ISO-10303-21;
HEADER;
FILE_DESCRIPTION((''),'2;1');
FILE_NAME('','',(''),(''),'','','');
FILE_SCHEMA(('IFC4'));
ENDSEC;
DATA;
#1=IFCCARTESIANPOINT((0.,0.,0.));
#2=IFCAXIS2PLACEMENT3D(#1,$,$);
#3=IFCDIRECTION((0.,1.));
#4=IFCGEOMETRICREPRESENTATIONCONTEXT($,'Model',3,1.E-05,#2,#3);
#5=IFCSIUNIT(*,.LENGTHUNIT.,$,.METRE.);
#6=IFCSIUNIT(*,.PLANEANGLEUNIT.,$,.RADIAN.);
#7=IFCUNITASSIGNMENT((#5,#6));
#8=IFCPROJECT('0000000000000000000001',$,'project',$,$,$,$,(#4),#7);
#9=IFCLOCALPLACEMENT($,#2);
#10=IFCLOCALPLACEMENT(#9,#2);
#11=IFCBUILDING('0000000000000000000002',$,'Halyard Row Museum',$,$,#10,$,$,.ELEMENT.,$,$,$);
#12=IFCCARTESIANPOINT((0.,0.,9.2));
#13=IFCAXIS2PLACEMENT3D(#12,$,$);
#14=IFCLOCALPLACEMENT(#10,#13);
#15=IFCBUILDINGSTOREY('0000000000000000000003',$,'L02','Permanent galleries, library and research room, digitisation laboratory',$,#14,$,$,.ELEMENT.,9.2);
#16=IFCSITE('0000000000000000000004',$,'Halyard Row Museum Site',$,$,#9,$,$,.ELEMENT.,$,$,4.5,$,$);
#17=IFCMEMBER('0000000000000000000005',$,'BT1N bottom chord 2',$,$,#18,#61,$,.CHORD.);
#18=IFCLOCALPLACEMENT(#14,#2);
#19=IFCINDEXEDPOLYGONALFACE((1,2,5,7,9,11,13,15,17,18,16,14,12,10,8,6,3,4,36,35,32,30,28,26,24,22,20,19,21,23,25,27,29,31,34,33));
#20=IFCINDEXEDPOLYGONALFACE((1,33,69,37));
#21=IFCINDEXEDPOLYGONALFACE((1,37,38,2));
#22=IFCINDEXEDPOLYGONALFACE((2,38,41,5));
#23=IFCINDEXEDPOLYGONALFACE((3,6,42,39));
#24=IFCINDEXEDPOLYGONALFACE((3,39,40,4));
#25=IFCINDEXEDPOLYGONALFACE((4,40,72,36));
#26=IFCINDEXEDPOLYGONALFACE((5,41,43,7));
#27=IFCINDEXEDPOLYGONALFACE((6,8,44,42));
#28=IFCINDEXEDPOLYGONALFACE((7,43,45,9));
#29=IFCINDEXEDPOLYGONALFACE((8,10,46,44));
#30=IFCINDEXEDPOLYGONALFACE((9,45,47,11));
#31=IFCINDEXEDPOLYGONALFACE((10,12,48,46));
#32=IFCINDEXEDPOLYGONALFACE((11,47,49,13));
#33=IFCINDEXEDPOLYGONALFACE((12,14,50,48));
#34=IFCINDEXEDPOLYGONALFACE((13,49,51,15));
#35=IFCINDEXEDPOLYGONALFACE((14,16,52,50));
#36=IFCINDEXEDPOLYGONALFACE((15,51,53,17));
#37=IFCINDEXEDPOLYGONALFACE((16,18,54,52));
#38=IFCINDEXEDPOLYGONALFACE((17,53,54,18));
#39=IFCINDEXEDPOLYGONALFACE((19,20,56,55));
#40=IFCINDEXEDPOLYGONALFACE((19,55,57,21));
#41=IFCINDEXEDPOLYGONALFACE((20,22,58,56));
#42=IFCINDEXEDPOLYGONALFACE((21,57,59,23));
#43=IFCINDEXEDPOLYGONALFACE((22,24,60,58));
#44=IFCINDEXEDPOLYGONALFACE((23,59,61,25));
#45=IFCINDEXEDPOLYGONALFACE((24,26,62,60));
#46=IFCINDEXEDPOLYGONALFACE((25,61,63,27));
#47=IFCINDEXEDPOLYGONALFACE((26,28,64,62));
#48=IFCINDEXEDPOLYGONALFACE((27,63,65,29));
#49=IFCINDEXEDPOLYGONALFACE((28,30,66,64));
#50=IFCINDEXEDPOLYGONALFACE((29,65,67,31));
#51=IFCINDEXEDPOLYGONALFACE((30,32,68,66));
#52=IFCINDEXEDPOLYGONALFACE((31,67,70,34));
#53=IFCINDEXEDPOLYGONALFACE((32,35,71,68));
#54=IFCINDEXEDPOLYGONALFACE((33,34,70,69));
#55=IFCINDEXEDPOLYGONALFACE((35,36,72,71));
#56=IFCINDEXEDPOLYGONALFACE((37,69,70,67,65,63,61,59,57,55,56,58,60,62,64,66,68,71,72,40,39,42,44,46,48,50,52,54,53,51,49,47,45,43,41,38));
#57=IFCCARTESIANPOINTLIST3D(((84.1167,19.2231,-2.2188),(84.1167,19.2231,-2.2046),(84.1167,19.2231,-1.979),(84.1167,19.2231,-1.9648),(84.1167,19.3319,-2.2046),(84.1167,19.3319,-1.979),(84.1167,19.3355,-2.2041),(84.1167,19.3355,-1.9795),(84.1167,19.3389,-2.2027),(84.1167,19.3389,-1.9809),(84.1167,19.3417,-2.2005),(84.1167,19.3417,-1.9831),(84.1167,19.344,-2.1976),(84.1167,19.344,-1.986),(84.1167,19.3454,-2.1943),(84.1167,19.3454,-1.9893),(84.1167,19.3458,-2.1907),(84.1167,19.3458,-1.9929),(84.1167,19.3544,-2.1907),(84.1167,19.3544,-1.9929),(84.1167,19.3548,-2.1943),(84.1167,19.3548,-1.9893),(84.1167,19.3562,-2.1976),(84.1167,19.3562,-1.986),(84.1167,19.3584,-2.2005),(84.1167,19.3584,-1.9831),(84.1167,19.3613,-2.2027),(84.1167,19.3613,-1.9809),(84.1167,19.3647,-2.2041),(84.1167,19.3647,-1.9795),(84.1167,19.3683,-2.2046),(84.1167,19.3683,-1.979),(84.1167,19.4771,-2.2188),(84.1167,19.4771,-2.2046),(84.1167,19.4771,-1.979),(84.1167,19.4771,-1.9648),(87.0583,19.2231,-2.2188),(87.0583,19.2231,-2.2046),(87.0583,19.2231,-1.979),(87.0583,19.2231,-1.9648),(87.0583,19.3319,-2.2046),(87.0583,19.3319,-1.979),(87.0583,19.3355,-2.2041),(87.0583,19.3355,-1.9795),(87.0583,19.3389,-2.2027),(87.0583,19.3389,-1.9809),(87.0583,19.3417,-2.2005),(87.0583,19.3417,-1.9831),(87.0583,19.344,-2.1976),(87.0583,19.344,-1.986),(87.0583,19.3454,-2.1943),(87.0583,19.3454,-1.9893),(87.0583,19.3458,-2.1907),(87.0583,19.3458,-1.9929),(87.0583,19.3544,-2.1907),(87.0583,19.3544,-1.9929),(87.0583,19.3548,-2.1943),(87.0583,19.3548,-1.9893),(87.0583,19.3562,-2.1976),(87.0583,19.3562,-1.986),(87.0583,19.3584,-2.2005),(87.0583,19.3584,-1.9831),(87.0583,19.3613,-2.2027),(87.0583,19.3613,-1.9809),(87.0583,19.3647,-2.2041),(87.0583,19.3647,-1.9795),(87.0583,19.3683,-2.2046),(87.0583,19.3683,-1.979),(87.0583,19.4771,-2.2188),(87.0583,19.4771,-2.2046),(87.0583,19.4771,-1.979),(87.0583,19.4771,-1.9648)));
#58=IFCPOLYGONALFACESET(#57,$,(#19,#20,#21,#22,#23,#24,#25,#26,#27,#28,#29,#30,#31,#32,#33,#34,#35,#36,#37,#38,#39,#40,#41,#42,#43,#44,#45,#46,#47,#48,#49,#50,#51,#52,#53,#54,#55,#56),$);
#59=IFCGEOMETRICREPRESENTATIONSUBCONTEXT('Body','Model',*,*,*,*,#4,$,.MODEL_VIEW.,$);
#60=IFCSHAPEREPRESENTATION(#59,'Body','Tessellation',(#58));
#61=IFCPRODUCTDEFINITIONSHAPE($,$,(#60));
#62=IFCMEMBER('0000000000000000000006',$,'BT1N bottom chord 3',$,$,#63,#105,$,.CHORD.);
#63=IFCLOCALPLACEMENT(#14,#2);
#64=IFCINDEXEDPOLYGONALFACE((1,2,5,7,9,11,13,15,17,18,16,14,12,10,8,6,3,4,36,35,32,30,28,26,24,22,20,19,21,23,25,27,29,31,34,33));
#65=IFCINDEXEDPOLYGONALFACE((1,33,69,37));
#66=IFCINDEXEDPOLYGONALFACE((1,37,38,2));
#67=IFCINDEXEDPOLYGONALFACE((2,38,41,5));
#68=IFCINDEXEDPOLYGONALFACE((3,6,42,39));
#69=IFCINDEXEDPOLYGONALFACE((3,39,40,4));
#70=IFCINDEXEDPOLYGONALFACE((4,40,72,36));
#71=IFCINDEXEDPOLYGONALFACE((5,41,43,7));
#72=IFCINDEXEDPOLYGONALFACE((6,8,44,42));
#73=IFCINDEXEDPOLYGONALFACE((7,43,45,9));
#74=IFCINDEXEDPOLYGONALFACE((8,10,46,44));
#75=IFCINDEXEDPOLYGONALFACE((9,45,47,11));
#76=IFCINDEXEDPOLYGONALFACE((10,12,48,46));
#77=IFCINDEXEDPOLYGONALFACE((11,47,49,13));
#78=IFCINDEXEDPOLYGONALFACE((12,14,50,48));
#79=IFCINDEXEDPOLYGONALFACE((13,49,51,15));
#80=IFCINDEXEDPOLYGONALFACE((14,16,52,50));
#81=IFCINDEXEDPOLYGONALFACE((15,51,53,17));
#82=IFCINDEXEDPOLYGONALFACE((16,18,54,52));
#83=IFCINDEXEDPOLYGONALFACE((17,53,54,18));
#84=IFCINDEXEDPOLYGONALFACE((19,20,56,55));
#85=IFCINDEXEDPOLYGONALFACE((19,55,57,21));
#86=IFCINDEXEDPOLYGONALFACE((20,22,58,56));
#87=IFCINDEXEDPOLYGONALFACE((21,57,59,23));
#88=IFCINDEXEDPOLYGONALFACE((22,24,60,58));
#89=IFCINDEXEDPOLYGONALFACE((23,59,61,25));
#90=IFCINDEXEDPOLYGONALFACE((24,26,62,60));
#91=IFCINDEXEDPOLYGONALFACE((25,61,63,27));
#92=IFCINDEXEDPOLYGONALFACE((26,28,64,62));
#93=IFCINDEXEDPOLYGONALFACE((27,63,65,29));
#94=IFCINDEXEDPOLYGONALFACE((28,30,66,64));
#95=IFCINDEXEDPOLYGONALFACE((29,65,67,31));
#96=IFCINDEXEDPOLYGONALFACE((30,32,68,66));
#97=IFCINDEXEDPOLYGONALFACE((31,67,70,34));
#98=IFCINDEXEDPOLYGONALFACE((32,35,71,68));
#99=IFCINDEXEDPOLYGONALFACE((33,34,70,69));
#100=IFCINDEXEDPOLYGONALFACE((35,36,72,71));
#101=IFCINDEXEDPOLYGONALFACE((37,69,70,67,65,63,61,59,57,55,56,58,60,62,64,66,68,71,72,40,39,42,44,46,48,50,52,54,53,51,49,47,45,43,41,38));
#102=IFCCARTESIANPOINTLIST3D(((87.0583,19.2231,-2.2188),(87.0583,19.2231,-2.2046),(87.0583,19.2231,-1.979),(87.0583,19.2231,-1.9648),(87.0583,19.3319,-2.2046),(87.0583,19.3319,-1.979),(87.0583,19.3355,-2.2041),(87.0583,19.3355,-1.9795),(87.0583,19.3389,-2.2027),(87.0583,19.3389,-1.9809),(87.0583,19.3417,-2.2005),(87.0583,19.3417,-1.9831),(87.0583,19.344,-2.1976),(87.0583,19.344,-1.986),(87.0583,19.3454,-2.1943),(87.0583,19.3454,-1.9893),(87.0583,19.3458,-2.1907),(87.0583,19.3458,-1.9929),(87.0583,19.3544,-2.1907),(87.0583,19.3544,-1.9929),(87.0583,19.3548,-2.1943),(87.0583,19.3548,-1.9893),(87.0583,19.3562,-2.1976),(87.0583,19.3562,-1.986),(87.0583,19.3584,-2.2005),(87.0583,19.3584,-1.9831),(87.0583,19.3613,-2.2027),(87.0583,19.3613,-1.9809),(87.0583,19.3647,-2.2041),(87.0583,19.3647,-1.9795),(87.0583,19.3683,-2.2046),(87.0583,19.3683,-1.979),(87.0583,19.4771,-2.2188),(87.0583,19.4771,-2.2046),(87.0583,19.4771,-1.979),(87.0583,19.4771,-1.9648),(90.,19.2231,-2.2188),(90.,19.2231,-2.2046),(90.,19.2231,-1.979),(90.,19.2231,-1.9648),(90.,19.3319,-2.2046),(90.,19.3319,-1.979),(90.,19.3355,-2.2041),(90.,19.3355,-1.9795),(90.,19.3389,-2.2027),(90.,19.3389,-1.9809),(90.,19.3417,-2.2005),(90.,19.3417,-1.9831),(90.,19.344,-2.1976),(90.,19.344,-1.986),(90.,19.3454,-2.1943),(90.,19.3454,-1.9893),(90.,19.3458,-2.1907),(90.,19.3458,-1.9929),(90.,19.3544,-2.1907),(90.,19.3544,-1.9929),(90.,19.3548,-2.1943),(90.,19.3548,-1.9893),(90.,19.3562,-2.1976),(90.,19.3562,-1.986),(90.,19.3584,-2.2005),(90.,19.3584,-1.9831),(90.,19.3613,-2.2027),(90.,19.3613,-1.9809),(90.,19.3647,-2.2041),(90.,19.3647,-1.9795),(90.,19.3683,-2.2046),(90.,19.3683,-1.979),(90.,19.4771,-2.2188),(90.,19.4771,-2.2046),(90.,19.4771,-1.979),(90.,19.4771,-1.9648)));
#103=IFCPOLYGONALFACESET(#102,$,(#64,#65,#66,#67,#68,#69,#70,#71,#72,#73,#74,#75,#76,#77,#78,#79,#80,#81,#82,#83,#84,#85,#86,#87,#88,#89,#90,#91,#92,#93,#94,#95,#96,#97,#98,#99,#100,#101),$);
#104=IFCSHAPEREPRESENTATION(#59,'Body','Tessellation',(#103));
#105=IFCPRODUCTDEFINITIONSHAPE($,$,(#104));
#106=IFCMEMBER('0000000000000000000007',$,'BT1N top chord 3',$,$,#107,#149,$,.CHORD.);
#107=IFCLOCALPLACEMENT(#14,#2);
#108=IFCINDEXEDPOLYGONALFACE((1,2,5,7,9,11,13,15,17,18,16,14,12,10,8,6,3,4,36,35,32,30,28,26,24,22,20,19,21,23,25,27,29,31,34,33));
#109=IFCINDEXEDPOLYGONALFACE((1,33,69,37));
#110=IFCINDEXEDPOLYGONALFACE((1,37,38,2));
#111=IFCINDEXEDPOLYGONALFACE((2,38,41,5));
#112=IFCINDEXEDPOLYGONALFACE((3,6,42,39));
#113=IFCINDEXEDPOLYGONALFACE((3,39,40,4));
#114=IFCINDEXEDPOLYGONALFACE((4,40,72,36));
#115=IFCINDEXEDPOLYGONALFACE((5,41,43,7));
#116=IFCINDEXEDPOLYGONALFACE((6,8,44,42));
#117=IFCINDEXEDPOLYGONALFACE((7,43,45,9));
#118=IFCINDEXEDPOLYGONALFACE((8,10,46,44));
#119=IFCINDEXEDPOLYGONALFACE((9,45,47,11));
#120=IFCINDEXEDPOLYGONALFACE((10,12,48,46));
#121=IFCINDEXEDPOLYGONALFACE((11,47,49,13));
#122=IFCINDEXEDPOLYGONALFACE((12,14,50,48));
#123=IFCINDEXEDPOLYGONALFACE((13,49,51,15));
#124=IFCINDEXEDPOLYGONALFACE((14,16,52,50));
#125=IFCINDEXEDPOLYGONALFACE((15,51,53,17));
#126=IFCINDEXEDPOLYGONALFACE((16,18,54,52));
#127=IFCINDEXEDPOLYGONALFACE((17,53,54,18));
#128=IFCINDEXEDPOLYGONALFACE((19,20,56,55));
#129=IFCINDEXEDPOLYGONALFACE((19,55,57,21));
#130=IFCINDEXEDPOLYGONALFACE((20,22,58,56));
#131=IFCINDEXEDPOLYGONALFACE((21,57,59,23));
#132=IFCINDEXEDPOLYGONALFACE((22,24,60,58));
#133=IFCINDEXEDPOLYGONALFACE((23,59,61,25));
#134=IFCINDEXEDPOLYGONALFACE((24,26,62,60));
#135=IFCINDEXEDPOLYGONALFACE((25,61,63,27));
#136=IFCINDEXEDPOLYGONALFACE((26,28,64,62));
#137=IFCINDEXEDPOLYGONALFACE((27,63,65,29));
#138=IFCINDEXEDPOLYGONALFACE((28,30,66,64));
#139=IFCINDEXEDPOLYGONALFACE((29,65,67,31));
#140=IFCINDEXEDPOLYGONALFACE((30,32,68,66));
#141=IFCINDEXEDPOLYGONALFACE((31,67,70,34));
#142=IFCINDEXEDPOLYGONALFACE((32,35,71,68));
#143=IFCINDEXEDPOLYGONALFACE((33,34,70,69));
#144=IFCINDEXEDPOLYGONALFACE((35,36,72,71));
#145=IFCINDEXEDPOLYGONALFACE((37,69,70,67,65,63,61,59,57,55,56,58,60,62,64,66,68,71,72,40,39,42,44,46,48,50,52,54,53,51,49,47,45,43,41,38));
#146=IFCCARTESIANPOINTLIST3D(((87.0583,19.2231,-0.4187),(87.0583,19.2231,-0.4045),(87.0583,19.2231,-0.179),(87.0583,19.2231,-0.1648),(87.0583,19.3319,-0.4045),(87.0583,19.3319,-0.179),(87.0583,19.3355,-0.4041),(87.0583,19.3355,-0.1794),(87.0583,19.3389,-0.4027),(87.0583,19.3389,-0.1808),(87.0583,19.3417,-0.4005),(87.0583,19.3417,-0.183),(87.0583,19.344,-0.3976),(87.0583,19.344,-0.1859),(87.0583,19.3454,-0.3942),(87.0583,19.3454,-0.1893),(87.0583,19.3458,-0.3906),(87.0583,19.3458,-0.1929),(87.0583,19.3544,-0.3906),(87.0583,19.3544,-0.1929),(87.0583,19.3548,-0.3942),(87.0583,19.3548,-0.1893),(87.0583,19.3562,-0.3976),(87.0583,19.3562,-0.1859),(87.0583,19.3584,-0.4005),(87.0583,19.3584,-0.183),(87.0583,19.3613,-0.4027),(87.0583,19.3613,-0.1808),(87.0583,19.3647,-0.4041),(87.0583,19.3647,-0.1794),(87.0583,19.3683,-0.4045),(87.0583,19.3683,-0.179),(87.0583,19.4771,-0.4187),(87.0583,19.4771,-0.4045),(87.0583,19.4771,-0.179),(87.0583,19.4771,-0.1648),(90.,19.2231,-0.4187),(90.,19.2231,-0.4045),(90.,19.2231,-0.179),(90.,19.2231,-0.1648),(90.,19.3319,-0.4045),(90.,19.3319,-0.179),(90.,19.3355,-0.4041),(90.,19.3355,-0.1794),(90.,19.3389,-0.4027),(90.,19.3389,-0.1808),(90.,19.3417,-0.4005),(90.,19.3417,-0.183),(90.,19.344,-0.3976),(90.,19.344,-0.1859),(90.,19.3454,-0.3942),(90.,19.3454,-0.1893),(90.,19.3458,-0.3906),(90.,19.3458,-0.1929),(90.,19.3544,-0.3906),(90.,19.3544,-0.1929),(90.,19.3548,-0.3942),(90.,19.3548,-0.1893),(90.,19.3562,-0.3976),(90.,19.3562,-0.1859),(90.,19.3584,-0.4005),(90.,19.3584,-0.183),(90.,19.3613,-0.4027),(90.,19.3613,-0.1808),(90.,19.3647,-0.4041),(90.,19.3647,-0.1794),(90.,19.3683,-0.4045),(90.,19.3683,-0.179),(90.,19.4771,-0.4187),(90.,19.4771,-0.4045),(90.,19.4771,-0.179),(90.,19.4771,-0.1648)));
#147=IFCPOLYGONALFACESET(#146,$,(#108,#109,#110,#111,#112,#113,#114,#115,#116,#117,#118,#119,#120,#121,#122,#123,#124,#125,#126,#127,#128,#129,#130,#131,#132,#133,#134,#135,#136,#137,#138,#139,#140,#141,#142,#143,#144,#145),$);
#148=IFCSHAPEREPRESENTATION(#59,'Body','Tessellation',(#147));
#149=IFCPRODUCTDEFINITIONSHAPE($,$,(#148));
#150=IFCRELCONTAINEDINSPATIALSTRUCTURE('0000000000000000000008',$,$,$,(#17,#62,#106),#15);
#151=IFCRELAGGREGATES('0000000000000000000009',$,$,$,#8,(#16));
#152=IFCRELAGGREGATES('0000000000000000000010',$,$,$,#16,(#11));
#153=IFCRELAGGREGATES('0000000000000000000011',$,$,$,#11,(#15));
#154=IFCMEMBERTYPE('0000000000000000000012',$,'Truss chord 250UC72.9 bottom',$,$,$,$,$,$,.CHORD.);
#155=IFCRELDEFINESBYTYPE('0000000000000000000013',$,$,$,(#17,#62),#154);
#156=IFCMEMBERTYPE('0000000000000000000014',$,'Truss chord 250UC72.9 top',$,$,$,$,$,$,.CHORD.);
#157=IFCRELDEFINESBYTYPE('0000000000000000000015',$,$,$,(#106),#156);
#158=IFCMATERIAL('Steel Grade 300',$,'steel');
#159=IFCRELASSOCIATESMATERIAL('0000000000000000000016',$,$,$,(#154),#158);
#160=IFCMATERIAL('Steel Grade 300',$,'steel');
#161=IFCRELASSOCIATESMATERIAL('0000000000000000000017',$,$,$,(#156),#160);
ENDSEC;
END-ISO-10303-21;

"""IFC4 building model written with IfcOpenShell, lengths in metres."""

from ifc_helpers import new_model, si_unit, direction, frame, origin, origin_2d, place, context, subcontext, project, spatial, i_section, extrude, material, material_profile, profile_set, type_object, element, save


model = new_model("IFC4")

# Units and contexts
model_context = context("Model", 3, precision=1e-05, world=origin(), true_north=direction((0.0, 1.0)))
body_context = subcontext(model_context, "Body", "Model", "MODEL_VIEW")
ifc_project = project(units=[si_unit("LENGTHUNIT", "METRE"), si_unit("PLANEANGLEUNIT", "RADIAN")], contexts=[model_context])

# Site, building, storey
site_placement = place(None, origin())
site = spatial("IfcSite", under=ifc_project, at=site_placement, Name="Halyard Row Museum Site", CompositionType="ELEMENT", RefElevation=4.5)
building_placement = place(site_placement, origin())
building = spatial("IfcBuilding", under=site, at=building_placement, Name="Halyard Row Museum", CompositionType="ELEMENT")
storey_placement = place(building_placement, frame((0.0, 0.0, 9.2)))
storey = spatial("IfcBuildingStorey", under=building, at=storey_placement, Name="L02", Description="Permanent galleries, library and research room, digitisation laboratory", CompositionType="ELEMENT", Elevation=9.2)

# Members
ifc_material_1 = material(Name="Steel Grade 300", Category="steel")
ifc_material_profile_1 = material_profile(ifc_material_1, i_section(OverallWidth=0.2539, OverallDepth=0.2539, WebThickness=0.0085, FlangeThickness=0.0142, FilletRadius=0.0139, at=origin_2d()), Name="250UC72.9")
ifc_profile_set_1 = profile_set([ifc_material_profile_1], Name="Steel Grade 300")
member_type_1 = type_object("IfcMemberType", Name="Truss chord 250UC72.9 bottom", PredefinedType="CHORD", material=ifc_profile_set_1)
for number, where, z_axis, x_axis, name in (
    (1, (84.1167, 19.3501, -2.0918), (1.0, 0.0, 0.0), (0.0, 1.0, 0.0), "BT1N bottom chord 2"),
    (2, (87.0583, 19.3501, -2.0918), (1.0, 0.0, 0.0), (0.0, 1.0, 0.0), "BT1N bottom chord 3"),
):
    element("IfcMember", number, at=place(storey_placement, frame(where, z_axis=z_axis, x_axis=x_axis)), inside=storey, type_object=member_type_1, Name=name, PredefinedType="CHORD", context=body_context, shape_type="SweptSolid", body=[
        extrude(i_section(OverallWidth=0.2539, OverallDepth=0.2539, WebThickness=0.0085, FlangeThickness=0.0142, FilletRadius=0.0139, at=origin_2d()), origin(), (0.0, 0.0, 1.0), 2.9417),
    ])
ifc_material_2 = material(Name="Steel Grade 300", Category="steel")
ifc_material_profile_2 = material_profile(ifc_material_2, i_section(OverallWidth=0.2539, OverallDepth=0.2539, WebThickness=0.0085, FlangeThickness=0.0142, FilletRadius=0.0139, at=origin_2d()), Name="250UC72.9")
ifc_profile_set_2 = profile_set([ifc_material_profile_2], Name="Steel Grade 300")
member_type_2 = type_object("IfcMemberType", Name="Truss chord 250UC72.9 top", PredefinedType="CHORD", material=ifc_profile_set_2)
member_1_placement = place(storey_placement, frame((87.0583, 19.3501, -0.2917), z_axis=(1.0, 0.0, 0.0), x_axis=(0.0, 1.0, 0.0)))
element("IfcMember", 3, at=member_1_placement, inside=storey, type_object=member_type_2, Name="BT1N top chord 3", PredefinedType="CHORD", context=body_context, shape_type="SweptSolid", body=[
    extrude(i_section(OverallWidth=0.2539, OverallDepth=0.2539, WebThickness=0.0085, FlangeThickness=0.0142, FilletRadius=0.0139, at=origin_2d()), origin(), (0.0, 0.0, 1.0), 2.9417),
])

save(model, "model.ifc")
